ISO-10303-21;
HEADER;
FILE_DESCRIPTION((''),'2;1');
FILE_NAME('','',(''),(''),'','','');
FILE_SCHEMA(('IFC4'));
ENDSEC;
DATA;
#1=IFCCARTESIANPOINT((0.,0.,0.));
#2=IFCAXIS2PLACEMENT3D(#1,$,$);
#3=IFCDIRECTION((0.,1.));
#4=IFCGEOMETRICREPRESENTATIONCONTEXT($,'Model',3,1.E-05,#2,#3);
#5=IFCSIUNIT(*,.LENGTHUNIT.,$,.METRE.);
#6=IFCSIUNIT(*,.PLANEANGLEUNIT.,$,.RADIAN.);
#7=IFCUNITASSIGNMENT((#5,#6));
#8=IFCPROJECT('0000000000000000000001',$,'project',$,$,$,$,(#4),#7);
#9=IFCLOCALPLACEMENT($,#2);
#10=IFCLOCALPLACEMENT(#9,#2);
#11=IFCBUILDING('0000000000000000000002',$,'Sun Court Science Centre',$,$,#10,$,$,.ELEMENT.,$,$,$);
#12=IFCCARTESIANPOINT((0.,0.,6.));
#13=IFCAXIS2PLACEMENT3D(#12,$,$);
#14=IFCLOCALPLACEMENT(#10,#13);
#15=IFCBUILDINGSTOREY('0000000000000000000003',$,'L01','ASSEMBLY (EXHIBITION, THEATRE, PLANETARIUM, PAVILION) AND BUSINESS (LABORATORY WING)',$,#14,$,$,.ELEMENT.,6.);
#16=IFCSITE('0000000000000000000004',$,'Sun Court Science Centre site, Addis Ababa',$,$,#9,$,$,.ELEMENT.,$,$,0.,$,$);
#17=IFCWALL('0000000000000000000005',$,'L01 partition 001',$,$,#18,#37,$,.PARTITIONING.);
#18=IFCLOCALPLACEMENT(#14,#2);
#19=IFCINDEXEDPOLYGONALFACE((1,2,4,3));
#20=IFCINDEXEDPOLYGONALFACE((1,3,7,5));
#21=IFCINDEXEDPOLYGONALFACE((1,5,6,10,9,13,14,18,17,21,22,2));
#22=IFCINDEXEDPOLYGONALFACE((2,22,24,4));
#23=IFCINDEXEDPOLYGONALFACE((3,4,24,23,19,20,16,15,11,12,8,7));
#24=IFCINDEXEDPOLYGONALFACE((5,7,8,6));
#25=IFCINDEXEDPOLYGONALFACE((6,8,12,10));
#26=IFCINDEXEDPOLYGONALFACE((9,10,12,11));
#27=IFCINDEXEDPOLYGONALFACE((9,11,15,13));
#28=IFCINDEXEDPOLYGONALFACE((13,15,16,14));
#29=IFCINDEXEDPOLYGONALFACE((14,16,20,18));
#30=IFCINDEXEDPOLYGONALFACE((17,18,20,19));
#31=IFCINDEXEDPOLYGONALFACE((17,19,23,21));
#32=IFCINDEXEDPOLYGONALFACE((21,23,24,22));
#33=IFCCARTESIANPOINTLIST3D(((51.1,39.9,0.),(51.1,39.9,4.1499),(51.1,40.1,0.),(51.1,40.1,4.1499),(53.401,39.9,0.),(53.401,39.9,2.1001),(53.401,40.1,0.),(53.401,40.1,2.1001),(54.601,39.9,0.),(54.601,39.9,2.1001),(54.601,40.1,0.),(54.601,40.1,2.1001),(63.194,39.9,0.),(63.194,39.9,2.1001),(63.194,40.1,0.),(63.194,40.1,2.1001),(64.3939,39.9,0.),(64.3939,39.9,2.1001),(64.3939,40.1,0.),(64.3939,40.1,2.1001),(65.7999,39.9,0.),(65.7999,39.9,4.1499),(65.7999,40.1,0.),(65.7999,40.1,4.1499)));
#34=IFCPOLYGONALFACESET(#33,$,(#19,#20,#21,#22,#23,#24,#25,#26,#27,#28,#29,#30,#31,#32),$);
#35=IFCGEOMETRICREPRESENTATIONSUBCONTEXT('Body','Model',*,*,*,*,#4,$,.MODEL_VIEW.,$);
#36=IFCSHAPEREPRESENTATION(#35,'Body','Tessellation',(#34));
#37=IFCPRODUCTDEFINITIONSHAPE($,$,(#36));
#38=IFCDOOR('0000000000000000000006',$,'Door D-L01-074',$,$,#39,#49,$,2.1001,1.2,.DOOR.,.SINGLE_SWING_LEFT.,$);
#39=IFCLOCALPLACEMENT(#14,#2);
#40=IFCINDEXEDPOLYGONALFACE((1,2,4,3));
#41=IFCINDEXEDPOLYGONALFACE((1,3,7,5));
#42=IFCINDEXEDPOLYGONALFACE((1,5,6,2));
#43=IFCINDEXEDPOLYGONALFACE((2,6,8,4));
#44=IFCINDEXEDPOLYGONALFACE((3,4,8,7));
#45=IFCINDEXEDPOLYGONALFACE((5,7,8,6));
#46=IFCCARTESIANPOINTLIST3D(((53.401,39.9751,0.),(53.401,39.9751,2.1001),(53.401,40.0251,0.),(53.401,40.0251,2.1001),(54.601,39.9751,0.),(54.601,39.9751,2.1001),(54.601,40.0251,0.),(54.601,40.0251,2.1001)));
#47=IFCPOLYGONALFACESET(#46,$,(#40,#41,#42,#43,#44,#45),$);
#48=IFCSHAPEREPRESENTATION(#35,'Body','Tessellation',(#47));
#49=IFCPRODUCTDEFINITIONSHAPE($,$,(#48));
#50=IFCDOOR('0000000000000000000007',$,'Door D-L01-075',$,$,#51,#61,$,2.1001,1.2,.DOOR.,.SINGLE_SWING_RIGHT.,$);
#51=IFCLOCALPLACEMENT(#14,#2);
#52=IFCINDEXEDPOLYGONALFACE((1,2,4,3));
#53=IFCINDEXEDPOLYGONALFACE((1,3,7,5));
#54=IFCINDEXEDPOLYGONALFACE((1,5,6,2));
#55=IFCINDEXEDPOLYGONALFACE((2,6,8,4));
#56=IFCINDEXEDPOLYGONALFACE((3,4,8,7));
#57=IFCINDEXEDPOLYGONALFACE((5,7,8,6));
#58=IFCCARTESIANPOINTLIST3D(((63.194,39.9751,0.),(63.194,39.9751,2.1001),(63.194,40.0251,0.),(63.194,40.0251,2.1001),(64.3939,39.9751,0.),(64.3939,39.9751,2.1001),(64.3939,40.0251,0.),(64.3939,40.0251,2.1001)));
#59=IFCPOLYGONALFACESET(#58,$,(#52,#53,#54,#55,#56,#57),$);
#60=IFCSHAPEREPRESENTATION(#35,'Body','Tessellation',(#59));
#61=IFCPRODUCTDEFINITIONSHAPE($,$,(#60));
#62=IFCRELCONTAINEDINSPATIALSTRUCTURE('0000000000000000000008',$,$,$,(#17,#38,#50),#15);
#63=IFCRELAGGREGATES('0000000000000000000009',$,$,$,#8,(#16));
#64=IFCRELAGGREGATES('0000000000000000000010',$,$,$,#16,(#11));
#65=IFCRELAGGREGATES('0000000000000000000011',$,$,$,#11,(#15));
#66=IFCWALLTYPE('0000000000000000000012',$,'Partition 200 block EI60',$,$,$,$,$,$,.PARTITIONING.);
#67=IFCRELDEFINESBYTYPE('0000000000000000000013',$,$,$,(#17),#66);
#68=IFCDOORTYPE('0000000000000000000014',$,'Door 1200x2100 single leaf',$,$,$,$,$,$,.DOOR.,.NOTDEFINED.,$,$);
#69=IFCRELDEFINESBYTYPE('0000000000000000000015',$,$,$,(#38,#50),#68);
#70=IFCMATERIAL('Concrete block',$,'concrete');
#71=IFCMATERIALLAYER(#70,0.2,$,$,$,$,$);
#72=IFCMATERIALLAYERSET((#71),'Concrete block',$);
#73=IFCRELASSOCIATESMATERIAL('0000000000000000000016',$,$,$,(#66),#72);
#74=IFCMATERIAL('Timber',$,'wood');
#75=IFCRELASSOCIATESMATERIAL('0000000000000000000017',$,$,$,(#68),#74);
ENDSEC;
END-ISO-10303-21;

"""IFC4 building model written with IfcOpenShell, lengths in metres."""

from ifc_helpers import new_model, si_unit, direction, frame, frame_2d, origin, place, context, subcontext, project, spatial, rectangle, extrude, material, layer, layer_set, type_object, element, fill, save


model = new_model("IFC4")

# Units and contexts
model_context = context("Model", 3, precision=1e-05, world=origin(), true_north=direction((0.0, 1.0)))
body_context = subcontext(model_context, "Body", "Model", "MODEL_VIEW")
ifc_project = project(units=[si_unit("LENGTHUNIT", "METRE"), si_unit("PLANEANGLEUNIT", "RADIAN")], contexts=[model_context])

# Site, building, storey
site_placement = place(None, origin())
site = spatial("IfcSite", under=ifc_project, at=site_placement, Name="Sun Court Science Centre site, Addis Ababa", CompositionType="ELEMENT", RefElevation=0.0)
building_placement = place(site_placement, origin())
building = spatial("IfcBuilding", under=site, at=building_placement, Name="Sun Court Science Centre", CompositionType="ELEMENT")
storey_placement = place(building_placement, frame((0.0, 0.0, 6.0)))
storey = spatial("IfcBuildingStorey", under=building, at=storey_placement, Name="L01", Description="ASSEMBLY (EXHIBITION, THEATRE, PLANETARIUM, PAVILION) AND BUSINESS (LABORATORY WING)", CompositionType="ELEMENT", Elevation=6.0)

# Wall, openings, doors
ifc_material_1 = material(Name="Concrete block", Category="concrete")
ifc_layer_1 = layer(ifc_material_1, 0.2)
ifc_layer_set_1 = layer_set([ifc_layer_1], Name="Concrete block")
wall_type = type_object("IfcWallType", Name="Partition 200 block EI60", PredefinedType="PARTITIONING", material=ifc_layer_set_1)
wall_placement = place(storey_placement, frame((65.8, 40.0, 0.0), z_axis=(0.0, 0.0, 1.0), x_axis=(-1.0, 0.0, 0.0)))
wall = element("IfcWall", 1, at=wall_placement, inside=storey, type_object=wall_type, Name="L01 partition 001", PredefinedType="PARTITIONING", context=body_context, shape_type="SweptSolid", body=[
    extrude(rectangle(XDim=14.7, YDim=0.2, at=frame_2d((7.3501, 0.0))), origin(), (0.0, 0.0, 1.0), 4.1499),
])
opening_1_placement = place(wall_placement, frame((11.199, 0.0, 0.0)))
opening_1 = element("IfcOpeningElement", 2, at=opening_1_placement, cuts=wall, PredefinedType="OPENING", context=body_context, shape_type="SweptSolid", body=[
    extrude(rectangle(XDim=1.2, YDim=2.1001, at=frame_2d((0.6001, 1.05))), frame((0.0, 0.1099, 0.0), z_axis=(0.0, -1.0, 0.0), x_axis=(1.0, 0.0, 0.0)), (0.0, 0.0, 1.0), 0.22),
])
opening_2_placement = place(wall_placement, frame((1.406, 0.0, 0.0)))
opening_2 = element("IfcOpeningElement", 3, at=opening_2_placement, cuts=wall, PredefinedType="OPENING", context=body_context, shape_type="SweptSolid", body=[
    extrude(rectangle(XDim=1.2, YDim=2.1001, at=frame_2d((0.6001, 1.05))), frame((0.0, 0.1099, 0.0), z_axis=(0.0, -1.0, 0.0), x_axis=(1.0, 0.0, 0.0)), (0.0, 0.0, 1.0), 0.22),
])
ifc_material_2 = material(Name="Timber", Category="wood")
door_type = type_object("IfcDoorType", Name="Door 1200x2100 single leaf", OperationType="NOTDEFINED", PredefinedType="DOOR", material=ifc_material_2)
door_1_placement = place(opening_1_placement, origin())
door_1 = element("IfcDoor", 4, at=door_1_placement, inside=storey, type_object=door_type, Name="Door D-L01-074", OperationType="SINGLE_SWING_LEFT", OverallHeight=2.1001, OverallWidth=1.2, PredefinedType="DOOR", context=body_context, shape_type="SweptSolid", body=[
    extrude(rectangle(XDim=1.2, YDim=2.1001, at=frame_2d((0.6001, 1.05))), frame((0.0, 0.0249, 0.0), z_axis=(0.0, -1.0, 0.0), x_axis=(1.0, 0.0, 0.0)), (0.0, 0.0, 1.0), 0.05),
])
fill(opening_1, door_1)
door_2_placement = place(opening_2_placement, origin())
door_2 = element("IfcDoor", 5, at=door_2_placement, inside=storey, type_object=door_type, Name="Door D-L01-075", OperationType="SINGLE_SWING_RIGHT", OverallHeight=2.1001, OverallWidth=1.2, PredefinedType="DOOR", context=body_context, shape_type="SweptSolid", body=[
    extrude(rectangle(XDim=1.2, YDim=2.1001, at=frame_2d((0.6001, 1.05))), frame((0.0, 0.0249, 0.0), z_axis=(0.0, -1.0, 0.0), x_axis=(1.0, 0.0, 0.0)), (0.0, 0.0, 1.0), 0.05),
])
fill(opening_2, door_2)

save(model, "model.ifc")
